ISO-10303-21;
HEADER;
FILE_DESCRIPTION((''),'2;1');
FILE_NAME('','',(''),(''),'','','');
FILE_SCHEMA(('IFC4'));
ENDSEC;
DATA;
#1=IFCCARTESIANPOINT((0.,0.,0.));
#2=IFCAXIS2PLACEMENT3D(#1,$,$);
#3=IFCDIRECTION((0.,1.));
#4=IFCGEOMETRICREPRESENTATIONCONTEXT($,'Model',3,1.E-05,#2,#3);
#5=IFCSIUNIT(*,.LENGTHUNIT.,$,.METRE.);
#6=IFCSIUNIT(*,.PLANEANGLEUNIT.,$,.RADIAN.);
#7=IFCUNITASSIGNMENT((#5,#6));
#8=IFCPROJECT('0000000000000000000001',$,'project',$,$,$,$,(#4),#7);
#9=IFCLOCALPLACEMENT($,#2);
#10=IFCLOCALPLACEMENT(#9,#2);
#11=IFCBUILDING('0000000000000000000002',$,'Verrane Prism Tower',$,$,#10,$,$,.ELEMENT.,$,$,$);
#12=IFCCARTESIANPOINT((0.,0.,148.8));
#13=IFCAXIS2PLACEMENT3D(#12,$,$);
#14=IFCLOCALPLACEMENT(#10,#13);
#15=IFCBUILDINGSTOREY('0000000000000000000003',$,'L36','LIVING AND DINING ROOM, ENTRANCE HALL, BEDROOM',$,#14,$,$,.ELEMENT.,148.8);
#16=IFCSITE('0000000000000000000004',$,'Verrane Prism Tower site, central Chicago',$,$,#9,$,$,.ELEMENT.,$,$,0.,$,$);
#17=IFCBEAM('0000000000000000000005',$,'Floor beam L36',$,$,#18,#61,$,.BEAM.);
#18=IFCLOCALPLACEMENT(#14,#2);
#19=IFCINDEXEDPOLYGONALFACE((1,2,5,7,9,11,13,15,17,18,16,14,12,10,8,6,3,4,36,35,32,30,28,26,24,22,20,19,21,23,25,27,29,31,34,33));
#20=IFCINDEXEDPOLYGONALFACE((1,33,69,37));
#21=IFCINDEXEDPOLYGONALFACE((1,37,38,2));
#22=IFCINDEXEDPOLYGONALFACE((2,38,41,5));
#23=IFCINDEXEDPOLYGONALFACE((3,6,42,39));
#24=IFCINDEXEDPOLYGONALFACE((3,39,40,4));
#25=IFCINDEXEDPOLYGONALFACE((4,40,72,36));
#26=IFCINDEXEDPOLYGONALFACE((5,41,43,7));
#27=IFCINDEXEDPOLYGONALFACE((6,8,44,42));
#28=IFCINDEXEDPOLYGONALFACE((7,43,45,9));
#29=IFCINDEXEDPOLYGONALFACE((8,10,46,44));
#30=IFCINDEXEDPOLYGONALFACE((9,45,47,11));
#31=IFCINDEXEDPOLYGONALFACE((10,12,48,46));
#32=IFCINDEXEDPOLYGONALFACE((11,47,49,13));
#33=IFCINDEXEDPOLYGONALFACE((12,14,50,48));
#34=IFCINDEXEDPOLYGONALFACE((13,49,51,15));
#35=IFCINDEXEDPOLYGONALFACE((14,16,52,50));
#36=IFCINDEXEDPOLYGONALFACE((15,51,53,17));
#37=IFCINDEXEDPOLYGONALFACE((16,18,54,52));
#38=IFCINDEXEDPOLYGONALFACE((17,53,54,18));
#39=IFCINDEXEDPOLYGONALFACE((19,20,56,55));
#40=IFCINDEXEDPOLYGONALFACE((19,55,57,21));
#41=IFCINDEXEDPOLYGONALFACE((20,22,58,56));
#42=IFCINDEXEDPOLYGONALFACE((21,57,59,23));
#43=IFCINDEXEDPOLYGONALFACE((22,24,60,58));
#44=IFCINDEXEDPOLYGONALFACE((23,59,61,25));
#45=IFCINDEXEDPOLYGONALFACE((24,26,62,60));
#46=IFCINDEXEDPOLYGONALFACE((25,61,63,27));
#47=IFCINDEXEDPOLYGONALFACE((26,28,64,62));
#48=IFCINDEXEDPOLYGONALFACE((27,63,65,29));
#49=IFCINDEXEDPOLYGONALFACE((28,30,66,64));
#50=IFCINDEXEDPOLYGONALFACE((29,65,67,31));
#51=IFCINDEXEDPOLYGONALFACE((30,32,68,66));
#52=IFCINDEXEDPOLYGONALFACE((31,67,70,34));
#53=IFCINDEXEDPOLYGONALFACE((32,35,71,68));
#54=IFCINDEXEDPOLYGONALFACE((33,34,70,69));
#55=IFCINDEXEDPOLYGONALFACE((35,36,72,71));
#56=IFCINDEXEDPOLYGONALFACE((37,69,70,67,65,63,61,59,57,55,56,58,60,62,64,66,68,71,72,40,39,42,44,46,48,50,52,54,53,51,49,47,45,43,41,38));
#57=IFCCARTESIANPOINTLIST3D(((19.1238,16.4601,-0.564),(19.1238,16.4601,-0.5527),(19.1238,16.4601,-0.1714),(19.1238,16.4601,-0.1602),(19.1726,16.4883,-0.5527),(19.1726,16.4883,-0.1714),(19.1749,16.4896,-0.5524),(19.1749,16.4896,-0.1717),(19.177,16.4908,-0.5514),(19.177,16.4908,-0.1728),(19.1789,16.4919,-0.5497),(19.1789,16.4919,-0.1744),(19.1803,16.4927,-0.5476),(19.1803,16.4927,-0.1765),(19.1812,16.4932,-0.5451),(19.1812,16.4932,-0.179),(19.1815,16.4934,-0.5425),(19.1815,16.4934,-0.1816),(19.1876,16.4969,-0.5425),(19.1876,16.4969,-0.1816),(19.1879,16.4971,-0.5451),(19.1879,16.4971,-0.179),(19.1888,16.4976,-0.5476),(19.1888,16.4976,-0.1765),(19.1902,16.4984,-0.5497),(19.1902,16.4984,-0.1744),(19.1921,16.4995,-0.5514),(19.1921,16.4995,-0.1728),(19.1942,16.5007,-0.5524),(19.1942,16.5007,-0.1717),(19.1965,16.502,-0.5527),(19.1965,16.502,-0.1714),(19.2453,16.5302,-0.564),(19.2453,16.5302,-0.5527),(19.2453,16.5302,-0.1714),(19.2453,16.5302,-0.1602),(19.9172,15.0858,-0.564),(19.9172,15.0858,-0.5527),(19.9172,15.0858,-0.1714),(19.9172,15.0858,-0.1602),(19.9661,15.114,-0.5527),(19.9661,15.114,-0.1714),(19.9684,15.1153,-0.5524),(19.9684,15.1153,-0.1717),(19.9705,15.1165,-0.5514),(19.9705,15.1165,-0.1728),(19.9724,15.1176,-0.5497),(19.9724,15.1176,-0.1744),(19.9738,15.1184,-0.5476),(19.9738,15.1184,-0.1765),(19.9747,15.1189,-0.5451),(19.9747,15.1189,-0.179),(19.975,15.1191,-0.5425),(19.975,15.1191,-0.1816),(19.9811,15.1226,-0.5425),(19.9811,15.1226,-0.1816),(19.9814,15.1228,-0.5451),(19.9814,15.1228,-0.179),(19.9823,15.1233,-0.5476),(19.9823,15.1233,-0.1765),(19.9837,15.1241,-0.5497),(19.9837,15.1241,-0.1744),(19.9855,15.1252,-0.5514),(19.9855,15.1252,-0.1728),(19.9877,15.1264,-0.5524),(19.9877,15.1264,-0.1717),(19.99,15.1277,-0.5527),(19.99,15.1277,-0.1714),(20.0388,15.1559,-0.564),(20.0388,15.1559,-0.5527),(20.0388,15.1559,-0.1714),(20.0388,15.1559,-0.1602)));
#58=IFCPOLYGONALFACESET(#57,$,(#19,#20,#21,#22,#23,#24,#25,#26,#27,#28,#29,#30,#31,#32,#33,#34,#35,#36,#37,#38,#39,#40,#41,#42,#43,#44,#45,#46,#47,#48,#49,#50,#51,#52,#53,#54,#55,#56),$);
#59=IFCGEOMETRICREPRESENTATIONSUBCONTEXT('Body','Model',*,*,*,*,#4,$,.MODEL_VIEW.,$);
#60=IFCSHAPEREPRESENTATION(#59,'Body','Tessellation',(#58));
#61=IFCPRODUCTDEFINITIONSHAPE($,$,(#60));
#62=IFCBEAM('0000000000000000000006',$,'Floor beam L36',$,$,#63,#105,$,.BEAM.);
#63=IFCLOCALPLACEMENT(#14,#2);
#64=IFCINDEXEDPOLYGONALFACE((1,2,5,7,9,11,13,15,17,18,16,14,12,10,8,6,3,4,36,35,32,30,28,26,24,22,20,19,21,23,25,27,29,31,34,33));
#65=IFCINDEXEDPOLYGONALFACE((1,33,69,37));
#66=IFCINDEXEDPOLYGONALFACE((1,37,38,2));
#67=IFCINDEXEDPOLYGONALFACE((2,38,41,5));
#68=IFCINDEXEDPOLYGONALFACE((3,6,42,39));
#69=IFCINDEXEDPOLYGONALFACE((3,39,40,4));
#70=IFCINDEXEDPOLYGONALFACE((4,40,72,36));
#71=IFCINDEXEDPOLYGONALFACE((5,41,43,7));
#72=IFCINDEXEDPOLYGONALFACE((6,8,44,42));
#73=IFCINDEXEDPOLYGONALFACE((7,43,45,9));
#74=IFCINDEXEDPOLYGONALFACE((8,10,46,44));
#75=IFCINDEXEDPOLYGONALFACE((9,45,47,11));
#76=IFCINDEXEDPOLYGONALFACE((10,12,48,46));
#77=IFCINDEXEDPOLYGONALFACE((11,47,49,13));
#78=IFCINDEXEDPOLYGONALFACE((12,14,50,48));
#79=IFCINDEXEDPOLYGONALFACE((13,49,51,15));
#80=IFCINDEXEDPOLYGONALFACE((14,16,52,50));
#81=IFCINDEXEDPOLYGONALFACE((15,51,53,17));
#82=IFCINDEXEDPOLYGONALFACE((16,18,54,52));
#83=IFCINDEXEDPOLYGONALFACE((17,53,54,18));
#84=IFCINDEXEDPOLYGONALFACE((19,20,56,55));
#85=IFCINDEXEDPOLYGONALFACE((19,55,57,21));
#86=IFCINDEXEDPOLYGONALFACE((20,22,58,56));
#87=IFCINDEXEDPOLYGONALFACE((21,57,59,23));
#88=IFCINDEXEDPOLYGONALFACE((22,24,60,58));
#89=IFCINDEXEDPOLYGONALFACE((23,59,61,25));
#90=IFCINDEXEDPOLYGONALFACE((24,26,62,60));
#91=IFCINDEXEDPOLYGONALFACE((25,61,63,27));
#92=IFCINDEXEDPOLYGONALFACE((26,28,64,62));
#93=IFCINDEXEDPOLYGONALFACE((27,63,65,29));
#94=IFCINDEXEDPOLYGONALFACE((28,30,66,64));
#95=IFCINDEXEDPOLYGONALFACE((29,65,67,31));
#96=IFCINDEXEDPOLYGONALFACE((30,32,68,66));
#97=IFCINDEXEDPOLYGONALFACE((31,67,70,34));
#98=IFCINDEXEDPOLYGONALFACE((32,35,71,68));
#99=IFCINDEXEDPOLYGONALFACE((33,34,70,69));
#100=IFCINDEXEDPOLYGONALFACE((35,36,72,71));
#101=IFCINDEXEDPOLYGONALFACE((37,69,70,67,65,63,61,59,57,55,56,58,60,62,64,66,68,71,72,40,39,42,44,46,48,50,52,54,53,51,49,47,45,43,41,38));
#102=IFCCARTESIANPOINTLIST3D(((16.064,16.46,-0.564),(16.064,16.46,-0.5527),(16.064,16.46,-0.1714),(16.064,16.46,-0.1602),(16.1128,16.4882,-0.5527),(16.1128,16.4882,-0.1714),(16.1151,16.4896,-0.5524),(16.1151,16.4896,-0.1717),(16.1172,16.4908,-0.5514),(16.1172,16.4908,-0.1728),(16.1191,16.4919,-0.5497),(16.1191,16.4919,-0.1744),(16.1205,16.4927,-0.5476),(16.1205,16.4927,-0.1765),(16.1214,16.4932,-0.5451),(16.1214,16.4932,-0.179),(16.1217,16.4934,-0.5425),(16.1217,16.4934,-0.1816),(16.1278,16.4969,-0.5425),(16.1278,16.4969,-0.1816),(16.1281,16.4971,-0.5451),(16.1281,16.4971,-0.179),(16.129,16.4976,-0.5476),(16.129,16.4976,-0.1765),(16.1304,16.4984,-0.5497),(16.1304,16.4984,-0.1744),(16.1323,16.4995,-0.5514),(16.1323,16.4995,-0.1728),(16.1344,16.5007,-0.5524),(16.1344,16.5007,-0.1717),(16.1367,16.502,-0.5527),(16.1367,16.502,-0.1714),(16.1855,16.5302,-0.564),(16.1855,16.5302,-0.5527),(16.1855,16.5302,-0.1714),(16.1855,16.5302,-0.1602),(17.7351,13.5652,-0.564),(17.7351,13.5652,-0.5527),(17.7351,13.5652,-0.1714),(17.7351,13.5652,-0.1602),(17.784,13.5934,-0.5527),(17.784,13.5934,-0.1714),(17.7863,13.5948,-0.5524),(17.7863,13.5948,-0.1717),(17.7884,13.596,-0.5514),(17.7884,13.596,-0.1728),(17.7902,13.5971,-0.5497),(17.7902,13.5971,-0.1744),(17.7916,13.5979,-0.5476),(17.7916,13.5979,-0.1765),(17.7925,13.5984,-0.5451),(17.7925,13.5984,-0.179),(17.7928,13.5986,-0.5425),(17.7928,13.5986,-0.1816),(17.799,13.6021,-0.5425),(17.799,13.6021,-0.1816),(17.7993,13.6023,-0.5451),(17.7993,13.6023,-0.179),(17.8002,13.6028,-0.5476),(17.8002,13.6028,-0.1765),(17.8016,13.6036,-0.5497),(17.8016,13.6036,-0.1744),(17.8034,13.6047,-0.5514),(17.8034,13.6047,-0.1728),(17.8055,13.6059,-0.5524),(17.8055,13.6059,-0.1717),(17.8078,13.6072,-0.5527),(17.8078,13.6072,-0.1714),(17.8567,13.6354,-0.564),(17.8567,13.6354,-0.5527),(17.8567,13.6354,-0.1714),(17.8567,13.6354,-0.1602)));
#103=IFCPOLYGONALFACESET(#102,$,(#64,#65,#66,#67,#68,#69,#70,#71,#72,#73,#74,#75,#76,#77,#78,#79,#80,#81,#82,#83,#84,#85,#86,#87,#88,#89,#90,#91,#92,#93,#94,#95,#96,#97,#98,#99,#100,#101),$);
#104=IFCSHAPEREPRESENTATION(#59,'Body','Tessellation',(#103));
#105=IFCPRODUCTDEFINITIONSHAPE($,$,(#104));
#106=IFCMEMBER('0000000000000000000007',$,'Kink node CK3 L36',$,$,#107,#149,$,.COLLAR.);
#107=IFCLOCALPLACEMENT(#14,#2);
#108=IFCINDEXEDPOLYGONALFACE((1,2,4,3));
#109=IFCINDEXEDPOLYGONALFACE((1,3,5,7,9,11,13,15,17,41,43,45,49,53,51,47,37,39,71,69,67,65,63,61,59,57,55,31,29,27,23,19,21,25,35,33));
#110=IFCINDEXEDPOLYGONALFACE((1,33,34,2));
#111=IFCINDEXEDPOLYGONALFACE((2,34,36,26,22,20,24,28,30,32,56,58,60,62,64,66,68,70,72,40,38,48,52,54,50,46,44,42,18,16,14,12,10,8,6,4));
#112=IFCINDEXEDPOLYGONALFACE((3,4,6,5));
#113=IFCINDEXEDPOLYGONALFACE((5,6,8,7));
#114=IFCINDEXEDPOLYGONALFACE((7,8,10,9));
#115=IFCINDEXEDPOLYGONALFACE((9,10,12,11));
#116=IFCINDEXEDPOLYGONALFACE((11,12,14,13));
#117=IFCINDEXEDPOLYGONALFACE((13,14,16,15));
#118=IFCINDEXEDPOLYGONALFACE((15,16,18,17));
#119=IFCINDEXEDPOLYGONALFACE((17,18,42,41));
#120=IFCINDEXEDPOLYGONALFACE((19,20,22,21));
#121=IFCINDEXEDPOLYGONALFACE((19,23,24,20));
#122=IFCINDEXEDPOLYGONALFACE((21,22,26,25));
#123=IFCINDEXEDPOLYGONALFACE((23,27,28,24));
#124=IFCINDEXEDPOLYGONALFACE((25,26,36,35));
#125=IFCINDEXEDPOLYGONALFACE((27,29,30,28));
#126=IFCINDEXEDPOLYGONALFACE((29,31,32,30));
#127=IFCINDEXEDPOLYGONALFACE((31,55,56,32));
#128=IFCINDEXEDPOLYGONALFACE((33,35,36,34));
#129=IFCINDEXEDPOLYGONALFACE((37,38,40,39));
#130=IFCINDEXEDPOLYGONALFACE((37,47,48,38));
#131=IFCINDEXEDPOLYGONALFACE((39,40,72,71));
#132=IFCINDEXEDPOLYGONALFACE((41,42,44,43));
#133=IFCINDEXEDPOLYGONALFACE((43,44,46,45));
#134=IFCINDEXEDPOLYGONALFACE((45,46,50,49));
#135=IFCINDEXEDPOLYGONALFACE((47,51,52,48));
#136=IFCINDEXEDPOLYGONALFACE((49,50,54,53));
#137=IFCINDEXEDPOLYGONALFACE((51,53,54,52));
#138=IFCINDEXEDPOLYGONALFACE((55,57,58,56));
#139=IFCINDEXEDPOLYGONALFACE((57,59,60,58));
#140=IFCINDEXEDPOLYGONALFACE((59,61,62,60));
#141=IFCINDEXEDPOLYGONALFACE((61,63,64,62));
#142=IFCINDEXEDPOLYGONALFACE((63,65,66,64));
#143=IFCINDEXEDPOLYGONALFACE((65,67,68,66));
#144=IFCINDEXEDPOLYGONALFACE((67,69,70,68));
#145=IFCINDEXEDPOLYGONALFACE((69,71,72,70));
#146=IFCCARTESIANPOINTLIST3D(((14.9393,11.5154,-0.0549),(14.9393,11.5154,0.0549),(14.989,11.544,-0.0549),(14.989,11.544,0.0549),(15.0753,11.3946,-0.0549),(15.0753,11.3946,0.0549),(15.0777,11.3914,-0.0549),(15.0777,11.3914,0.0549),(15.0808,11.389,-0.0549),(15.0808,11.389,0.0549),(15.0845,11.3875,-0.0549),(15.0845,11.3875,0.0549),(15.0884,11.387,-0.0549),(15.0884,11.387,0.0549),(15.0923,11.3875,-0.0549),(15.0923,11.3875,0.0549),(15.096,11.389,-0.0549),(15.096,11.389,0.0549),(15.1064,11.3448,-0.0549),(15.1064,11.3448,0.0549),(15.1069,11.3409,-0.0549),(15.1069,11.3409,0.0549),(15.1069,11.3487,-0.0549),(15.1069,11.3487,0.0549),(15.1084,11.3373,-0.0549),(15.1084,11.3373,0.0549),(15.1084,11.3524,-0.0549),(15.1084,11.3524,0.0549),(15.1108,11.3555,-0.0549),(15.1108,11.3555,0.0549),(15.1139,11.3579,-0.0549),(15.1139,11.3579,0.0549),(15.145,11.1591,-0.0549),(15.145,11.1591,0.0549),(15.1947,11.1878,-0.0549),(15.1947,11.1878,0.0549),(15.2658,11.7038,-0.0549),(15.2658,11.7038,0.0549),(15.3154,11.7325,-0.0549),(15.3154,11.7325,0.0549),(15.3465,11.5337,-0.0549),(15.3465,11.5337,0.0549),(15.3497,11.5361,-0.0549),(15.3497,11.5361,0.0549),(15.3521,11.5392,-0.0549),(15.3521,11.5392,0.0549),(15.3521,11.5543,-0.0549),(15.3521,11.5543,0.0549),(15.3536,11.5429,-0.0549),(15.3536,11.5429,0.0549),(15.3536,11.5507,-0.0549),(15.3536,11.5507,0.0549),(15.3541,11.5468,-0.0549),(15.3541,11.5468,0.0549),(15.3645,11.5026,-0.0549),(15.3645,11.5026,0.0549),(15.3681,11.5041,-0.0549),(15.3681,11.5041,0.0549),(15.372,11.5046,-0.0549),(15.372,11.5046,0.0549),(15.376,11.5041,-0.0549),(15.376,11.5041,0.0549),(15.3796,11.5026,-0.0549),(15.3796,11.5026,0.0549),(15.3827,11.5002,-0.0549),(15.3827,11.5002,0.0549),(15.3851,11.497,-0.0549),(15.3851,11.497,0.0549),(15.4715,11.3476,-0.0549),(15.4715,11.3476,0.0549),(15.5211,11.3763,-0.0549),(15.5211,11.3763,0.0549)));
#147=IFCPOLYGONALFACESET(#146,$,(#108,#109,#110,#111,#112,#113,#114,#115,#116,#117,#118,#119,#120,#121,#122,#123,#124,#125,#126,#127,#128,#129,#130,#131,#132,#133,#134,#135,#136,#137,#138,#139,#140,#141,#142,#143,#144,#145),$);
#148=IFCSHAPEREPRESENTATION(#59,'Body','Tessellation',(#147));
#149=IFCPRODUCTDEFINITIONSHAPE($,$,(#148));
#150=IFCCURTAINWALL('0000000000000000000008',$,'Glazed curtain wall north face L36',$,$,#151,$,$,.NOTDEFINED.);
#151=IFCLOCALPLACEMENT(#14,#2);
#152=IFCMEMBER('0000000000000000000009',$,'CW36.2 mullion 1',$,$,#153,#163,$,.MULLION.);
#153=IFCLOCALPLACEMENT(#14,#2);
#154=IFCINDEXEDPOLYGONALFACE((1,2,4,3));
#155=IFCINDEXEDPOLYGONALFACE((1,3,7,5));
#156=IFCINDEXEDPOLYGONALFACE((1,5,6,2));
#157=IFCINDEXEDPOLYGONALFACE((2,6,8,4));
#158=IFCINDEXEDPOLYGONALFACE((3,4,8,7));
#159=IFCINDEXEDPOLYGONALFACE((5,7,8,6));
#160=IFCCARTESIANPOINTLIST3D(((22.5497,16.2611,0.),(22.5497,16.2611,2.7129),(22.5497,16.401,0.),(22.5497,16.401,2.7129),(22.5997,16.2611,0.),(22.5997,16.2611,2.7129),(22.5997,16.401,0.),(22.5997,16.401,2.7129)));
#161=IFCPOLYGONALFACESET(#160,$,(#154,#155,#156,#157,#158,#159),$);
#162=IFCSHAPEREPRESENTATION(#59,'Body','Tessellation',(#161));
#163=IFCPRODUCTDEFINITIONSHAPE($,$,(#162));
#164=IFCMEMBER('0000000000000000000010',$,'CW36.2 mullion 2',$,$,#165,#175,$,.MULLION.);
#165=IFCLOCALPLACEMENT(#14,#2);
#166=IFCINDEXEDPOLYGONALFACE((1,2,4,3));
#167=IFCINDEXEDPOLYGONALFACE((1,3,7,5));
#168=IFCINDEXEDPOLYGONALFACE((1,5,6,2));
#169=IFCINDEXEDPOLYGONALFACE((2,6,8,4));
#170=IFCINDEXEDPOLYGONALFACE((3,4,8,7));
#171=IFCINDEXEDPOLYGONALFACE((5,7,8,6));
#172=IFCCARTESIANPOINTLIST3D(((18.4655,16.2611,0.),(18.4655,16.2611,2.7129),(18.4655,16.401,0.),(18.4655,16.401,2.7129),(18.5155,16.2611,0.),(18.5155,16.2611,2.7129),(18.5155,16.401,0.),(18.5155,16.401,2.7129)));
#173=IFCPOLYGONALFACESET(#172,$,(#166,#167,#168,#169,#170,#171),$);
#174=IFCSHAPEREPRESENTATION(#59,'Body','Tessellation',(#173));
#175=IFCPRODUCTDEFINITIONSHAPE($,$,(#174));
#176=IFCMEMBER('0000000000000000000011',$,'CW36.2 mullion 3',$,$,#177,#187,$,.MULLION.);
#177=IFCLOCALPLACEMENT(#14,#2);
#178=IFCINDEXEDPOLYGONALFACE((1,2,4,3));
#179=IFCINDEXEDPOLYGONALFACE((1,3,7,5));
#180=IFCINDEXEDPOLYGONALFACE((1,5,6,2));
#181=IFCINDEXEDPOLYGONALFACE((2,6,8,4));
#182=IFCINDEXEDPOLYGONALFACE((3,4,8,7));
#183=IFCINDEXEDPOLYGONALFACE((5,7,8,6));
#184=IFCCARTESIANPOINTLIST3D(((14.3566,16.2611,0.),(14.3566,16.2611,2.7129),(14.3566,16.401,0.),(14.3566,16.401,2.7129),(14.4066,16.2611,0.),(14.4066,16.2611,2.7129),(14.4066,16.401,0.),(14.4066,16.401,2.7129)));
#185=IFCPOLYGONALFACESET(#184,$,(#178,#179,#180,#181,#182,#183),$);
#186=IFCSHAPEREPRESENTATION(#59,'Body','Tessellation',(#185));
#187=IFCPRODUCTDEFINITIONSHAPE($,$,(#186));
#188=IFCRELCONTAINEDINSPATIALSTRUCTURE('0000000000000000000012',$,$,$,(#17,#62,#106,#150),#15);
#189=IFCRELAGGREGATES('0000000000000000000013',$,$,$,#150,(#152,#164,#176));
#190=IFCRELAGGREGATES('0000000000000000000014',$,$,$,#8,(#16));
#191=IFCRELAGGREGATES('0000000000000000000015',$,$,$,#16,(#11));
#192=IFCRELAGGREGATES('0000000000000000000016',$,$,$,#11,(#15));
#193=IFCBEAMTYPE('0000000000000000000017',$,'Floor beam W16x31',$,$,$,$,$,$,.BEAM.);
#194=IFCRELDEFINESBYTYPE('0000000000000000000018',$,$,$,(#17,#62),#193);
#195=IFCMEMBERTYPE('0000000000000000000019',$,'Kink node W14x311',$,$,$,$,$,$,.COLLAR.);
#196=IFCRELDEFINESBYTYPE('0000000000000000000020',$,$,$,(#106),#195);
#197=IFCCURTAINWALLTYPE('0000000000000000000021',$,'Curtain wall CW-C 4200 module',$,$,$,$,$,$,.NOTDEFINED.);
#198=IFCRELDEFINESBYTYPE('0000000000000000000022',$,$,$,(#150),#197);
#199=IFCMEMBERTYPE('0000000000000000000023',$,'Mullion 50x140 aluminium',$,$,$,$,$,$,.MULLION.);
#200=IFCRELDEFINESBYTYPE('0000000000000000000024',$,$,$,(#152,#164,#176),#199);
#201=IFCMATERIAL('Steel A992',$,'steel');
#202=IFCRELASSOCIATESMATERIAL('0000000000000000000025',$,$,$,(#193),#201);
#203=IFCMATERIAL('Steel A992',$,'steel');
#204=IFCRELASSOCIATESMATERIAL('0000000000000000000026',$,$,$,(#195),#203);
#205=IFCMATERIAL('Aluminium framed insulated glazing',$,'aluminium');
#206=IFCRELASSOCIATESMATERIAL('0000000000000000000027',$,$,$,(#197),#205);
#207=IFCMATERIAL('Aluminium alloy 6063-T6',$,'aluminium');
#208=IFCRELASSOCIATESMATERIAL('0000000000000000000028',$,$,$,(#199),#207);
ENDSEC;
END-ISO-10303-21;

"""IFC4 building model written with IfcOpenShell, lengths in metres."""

from ifc_helpers import new_model, si_unit, direction, frame, origin, origin_2d, place, context, subcontext, project, spatial, rectangle, i_section, extrude, material, material_profile, profile_set, type_object, element, aggregate, save


model = new_model("IFC4")

# Units and contexts
model_context = context("Model", 3, precision=1e-05, world=origin(), true_north=direction((0.0, 1.0)))
body_context = subcontext(model_context, "Body", "Model", "MODEL_VIEW")
ifc_project = project(units=[si_unit("LENGTHUNIT", "METRE"), si_unit("PLANEANGLEUNIT", "RADIAN")], contexts=[model_context])

# Site, building, storey
site_placement = place(None, origin())
site = spatial("IfcSite", under=ifc_project, at=site_placement, Name="Verrane Prism Tower site, central Chicago", CompositionType="ELEMENT", RefElevation=0.0)
building_placement = place(site_placement, origin())
building = spatial("IfcBuilding", under=site, at=building_placement, Name="Verrane Prism Tower", CompositionType="ELEMENT")
storey_placement = place(building_placement, frame((0.0, 0.0, 148.8)))
storey = spatial("IfcBuildingStorey", under=building, at=storey_placement, Name="L36", Description="LIVING AND DINING ROOM, ENTRANCE HALL, BEDROOM", CompositionType="ELEMENT", Elevation=148.8)

# Beams
ifc_material_1 = material(Name="Steel A992", Category="steel")
ifc_material_profile_1 = material_profile(ifc_material_1, i_section(OverallWidth=0.1404, OverallDepth=0.4038, WebThickness=0.0071, FlangeThickness=0.0112, FilletRadius=0.0103, at=origin_2d()), Name="W16x31")
ifc_profile_set_1 = profile_set([ifc_material_profile_1], Name="Steel A992")
beam_type_1 = type_object("IfcBeamType", Name="Floor beam W16x31", PredefinedType="BEAM", material=ifc_profile_set_1)
beam_1_placement = place(storey_placement, frame((19.978, 15.1208, -0.3621), z_axis=(-0.500011, 0.866019, 0.0), x_axis=(-0.866019, -0.500011, 0.0)))
element("IfcBeam", 1, at=beam_1_placement, inside=storey, type_object=beam_type_1, Name="Floor beam L36", PredefinedType="BEAM", context=body_context, shape_type="SweptSolid", body=[
    extrude(i_section(OverallWidth=0.1404, OverallDepth=0.4038, WebThickness=0.0071, FlangeThickness=0.0112, FilletRadius=0.0103, at=origin_2d()), origin(), (0.0, 0.0, 1.0), 1.5869),
])
beam_2_placement = place(storey_placement, frame((17.7959, 13.6003, -0.3621), z_axis=(-0.499965, 0.866046, 0.0), x_axis=(-0.866046, -0.499965, 0.0)))
element("IfcBeam", 2, at=beam_2_placement, inside=storey, type_object=beam_type_1, Name="Floor beam L36", PredefinedType="BEAM", context=body_context, shape_type="SweptSolid", body=[
    extrude(i_section(OverallWidth=0.1404, OverallDepth=0.4038, WebThickness=0.0071, FlangeThickness=0.0112, FilletRadius=0.0103, at=origin_2d()), origin(), (0.0, 0.0, 1.0), 3.3425),
])

# Member
ifc_material_2 = material(Name="Steel A992", Category="steel")
ifc_material_profile_2 = material_profile(ifc_material_2, i_section(OverallWidth=0.4114, OverallDepth=0.4343, WebThickness=0.0359, FlangeThickness=0.0574, FilletRadius=0.0151, at=origin_2d()), Name="W14x311")
ifc_profile_set_2 = profile_set([ifc_material_profile_2], Name="Steel A992")
member_type_1 = type_object("IfcMemberType", Name="Kink node W14x311", PredefinedType="COLLAR", material=ifc_profile_set_2)
member_1_placement = place(storey_placement, frame((15.2302, 11.4458, -0.0549), z_axis=(0.0, 0.0, 1.0), x_axis=(0.5, -0.866025, 0.0)))
element("IfcMember", 3, at=member_1_placement, inside=storey, type_object=member_type_1, Name="Kink node CK3 L36", PredefinedType="COLLAR", context=body_context, shape_type="SweptSolid", body=[
    extrude(i_section(OverallWidth=0.4114, OverallDepth=0.4343, WebThickness=0.0359, FlangeThickness=0.0574, FilletRadius=0.0151, at=origin_2d()), origin(), (0.0, 0.0, 1.0), 0.1099),
])

# Curtain wall, members
ifc_material_3 = material(Name="Aluminium framed insulated glazing", Category="aluminium")
curtain_wall_type_1 = type_object("IfcCurtainWallType", Name="Curtain wall CW-C 4200 module", PredefinedType="NOTDEFINED", material=ifc_material_3)
curtain_wall_1_placement = place(storey_placement, origin())
curtain_wall_1 = element("IfcCurtainWall", 4, at=curtain_wall_1_placement, inside=storey, type_object=curtain_wall_type_1, Name="Glazed curtain wall north face L36", PredefinedType="NOTDEFINED")
ifc_material_4 = material(Name="Aluminium alloy 6063-T6", Category="aluminium")
ifc_material_profile_3 = material_profile(ifc_material_4, rectangle(XDim=0.1399, YDim=0.05, at=origin_2d()), Name="Mullion 50x140 aluminium")
ifc_profile_set_3 = profile_set([ifc_material_profile_3], Name="Aluminium alloy 6063-T6")
member_type_2 = type_object("IfcMemberType", Name="Mullion 50x140 aluminium", PredefinedType="MULLION", material=ifc_profile_set_3)
member_2_placement = place(storey_placement, frame((22.5747, 16.3311, 0.0), z_axis=(0.0, 0.0, 1.0), x_axis=(0.0, -1.0, 0.0)))
member_2 = element("IfcMember", 5, at=member_2_placement, type_object=member_type_2, Name="CW36.2 mullion 1", PredefinedType="MULLION", context=body_context, shape_type="SweptSolid", body=[
    extrude(rectangle(XDim=0.1399, YDim=0.05, at=origin_2d()), origin(), (0.0, 0.0, 1.0), 2.7129),
])
member_3_placement = place(storey_placement, frame((18.4905, 16.3311, 0.0), z_axis=(0.0, 0.0, 1.0), x_axis=(0.0, -1.0, 0.0)))
member_3 = element("IfcMember", 6, at=member_3_placement, type_object=member_type_2, Name="CW36.2 mullion 2", PredefinedType="MULLION", context=body_context, shape_type="SweptSolid", body=[
    extrude(rectangle(XDim=0.1399, YDim=0.05, at=origin_2d()), origin(), (0.0, 0.0, 1.0), 2.7129),
])
member_4_placement = place(storey_placement, frame((14.3816, 16.3311, 0.0), z_axis=(0.0, 0.0, 1.0), x_axis=(0.0, -1.0, 0.0)))
member_4 = element("IfcMember", 7, at=member_4_placement, type_object=member_type_2, Name="CW36.2 mullion 3", PredefinedType="MULLION", context=body_context, shape_type="SweptSolid", body=[
    extrude(rectangle(XDim=0.1399, YDim=0.05, at=origin_2d()), origin(), (0.0, 0.0, 1.0), 2.7129),
])

aggregate(curtain_wall_1, [member_2, member_3, member_4])

save(model, "model.ifc")
